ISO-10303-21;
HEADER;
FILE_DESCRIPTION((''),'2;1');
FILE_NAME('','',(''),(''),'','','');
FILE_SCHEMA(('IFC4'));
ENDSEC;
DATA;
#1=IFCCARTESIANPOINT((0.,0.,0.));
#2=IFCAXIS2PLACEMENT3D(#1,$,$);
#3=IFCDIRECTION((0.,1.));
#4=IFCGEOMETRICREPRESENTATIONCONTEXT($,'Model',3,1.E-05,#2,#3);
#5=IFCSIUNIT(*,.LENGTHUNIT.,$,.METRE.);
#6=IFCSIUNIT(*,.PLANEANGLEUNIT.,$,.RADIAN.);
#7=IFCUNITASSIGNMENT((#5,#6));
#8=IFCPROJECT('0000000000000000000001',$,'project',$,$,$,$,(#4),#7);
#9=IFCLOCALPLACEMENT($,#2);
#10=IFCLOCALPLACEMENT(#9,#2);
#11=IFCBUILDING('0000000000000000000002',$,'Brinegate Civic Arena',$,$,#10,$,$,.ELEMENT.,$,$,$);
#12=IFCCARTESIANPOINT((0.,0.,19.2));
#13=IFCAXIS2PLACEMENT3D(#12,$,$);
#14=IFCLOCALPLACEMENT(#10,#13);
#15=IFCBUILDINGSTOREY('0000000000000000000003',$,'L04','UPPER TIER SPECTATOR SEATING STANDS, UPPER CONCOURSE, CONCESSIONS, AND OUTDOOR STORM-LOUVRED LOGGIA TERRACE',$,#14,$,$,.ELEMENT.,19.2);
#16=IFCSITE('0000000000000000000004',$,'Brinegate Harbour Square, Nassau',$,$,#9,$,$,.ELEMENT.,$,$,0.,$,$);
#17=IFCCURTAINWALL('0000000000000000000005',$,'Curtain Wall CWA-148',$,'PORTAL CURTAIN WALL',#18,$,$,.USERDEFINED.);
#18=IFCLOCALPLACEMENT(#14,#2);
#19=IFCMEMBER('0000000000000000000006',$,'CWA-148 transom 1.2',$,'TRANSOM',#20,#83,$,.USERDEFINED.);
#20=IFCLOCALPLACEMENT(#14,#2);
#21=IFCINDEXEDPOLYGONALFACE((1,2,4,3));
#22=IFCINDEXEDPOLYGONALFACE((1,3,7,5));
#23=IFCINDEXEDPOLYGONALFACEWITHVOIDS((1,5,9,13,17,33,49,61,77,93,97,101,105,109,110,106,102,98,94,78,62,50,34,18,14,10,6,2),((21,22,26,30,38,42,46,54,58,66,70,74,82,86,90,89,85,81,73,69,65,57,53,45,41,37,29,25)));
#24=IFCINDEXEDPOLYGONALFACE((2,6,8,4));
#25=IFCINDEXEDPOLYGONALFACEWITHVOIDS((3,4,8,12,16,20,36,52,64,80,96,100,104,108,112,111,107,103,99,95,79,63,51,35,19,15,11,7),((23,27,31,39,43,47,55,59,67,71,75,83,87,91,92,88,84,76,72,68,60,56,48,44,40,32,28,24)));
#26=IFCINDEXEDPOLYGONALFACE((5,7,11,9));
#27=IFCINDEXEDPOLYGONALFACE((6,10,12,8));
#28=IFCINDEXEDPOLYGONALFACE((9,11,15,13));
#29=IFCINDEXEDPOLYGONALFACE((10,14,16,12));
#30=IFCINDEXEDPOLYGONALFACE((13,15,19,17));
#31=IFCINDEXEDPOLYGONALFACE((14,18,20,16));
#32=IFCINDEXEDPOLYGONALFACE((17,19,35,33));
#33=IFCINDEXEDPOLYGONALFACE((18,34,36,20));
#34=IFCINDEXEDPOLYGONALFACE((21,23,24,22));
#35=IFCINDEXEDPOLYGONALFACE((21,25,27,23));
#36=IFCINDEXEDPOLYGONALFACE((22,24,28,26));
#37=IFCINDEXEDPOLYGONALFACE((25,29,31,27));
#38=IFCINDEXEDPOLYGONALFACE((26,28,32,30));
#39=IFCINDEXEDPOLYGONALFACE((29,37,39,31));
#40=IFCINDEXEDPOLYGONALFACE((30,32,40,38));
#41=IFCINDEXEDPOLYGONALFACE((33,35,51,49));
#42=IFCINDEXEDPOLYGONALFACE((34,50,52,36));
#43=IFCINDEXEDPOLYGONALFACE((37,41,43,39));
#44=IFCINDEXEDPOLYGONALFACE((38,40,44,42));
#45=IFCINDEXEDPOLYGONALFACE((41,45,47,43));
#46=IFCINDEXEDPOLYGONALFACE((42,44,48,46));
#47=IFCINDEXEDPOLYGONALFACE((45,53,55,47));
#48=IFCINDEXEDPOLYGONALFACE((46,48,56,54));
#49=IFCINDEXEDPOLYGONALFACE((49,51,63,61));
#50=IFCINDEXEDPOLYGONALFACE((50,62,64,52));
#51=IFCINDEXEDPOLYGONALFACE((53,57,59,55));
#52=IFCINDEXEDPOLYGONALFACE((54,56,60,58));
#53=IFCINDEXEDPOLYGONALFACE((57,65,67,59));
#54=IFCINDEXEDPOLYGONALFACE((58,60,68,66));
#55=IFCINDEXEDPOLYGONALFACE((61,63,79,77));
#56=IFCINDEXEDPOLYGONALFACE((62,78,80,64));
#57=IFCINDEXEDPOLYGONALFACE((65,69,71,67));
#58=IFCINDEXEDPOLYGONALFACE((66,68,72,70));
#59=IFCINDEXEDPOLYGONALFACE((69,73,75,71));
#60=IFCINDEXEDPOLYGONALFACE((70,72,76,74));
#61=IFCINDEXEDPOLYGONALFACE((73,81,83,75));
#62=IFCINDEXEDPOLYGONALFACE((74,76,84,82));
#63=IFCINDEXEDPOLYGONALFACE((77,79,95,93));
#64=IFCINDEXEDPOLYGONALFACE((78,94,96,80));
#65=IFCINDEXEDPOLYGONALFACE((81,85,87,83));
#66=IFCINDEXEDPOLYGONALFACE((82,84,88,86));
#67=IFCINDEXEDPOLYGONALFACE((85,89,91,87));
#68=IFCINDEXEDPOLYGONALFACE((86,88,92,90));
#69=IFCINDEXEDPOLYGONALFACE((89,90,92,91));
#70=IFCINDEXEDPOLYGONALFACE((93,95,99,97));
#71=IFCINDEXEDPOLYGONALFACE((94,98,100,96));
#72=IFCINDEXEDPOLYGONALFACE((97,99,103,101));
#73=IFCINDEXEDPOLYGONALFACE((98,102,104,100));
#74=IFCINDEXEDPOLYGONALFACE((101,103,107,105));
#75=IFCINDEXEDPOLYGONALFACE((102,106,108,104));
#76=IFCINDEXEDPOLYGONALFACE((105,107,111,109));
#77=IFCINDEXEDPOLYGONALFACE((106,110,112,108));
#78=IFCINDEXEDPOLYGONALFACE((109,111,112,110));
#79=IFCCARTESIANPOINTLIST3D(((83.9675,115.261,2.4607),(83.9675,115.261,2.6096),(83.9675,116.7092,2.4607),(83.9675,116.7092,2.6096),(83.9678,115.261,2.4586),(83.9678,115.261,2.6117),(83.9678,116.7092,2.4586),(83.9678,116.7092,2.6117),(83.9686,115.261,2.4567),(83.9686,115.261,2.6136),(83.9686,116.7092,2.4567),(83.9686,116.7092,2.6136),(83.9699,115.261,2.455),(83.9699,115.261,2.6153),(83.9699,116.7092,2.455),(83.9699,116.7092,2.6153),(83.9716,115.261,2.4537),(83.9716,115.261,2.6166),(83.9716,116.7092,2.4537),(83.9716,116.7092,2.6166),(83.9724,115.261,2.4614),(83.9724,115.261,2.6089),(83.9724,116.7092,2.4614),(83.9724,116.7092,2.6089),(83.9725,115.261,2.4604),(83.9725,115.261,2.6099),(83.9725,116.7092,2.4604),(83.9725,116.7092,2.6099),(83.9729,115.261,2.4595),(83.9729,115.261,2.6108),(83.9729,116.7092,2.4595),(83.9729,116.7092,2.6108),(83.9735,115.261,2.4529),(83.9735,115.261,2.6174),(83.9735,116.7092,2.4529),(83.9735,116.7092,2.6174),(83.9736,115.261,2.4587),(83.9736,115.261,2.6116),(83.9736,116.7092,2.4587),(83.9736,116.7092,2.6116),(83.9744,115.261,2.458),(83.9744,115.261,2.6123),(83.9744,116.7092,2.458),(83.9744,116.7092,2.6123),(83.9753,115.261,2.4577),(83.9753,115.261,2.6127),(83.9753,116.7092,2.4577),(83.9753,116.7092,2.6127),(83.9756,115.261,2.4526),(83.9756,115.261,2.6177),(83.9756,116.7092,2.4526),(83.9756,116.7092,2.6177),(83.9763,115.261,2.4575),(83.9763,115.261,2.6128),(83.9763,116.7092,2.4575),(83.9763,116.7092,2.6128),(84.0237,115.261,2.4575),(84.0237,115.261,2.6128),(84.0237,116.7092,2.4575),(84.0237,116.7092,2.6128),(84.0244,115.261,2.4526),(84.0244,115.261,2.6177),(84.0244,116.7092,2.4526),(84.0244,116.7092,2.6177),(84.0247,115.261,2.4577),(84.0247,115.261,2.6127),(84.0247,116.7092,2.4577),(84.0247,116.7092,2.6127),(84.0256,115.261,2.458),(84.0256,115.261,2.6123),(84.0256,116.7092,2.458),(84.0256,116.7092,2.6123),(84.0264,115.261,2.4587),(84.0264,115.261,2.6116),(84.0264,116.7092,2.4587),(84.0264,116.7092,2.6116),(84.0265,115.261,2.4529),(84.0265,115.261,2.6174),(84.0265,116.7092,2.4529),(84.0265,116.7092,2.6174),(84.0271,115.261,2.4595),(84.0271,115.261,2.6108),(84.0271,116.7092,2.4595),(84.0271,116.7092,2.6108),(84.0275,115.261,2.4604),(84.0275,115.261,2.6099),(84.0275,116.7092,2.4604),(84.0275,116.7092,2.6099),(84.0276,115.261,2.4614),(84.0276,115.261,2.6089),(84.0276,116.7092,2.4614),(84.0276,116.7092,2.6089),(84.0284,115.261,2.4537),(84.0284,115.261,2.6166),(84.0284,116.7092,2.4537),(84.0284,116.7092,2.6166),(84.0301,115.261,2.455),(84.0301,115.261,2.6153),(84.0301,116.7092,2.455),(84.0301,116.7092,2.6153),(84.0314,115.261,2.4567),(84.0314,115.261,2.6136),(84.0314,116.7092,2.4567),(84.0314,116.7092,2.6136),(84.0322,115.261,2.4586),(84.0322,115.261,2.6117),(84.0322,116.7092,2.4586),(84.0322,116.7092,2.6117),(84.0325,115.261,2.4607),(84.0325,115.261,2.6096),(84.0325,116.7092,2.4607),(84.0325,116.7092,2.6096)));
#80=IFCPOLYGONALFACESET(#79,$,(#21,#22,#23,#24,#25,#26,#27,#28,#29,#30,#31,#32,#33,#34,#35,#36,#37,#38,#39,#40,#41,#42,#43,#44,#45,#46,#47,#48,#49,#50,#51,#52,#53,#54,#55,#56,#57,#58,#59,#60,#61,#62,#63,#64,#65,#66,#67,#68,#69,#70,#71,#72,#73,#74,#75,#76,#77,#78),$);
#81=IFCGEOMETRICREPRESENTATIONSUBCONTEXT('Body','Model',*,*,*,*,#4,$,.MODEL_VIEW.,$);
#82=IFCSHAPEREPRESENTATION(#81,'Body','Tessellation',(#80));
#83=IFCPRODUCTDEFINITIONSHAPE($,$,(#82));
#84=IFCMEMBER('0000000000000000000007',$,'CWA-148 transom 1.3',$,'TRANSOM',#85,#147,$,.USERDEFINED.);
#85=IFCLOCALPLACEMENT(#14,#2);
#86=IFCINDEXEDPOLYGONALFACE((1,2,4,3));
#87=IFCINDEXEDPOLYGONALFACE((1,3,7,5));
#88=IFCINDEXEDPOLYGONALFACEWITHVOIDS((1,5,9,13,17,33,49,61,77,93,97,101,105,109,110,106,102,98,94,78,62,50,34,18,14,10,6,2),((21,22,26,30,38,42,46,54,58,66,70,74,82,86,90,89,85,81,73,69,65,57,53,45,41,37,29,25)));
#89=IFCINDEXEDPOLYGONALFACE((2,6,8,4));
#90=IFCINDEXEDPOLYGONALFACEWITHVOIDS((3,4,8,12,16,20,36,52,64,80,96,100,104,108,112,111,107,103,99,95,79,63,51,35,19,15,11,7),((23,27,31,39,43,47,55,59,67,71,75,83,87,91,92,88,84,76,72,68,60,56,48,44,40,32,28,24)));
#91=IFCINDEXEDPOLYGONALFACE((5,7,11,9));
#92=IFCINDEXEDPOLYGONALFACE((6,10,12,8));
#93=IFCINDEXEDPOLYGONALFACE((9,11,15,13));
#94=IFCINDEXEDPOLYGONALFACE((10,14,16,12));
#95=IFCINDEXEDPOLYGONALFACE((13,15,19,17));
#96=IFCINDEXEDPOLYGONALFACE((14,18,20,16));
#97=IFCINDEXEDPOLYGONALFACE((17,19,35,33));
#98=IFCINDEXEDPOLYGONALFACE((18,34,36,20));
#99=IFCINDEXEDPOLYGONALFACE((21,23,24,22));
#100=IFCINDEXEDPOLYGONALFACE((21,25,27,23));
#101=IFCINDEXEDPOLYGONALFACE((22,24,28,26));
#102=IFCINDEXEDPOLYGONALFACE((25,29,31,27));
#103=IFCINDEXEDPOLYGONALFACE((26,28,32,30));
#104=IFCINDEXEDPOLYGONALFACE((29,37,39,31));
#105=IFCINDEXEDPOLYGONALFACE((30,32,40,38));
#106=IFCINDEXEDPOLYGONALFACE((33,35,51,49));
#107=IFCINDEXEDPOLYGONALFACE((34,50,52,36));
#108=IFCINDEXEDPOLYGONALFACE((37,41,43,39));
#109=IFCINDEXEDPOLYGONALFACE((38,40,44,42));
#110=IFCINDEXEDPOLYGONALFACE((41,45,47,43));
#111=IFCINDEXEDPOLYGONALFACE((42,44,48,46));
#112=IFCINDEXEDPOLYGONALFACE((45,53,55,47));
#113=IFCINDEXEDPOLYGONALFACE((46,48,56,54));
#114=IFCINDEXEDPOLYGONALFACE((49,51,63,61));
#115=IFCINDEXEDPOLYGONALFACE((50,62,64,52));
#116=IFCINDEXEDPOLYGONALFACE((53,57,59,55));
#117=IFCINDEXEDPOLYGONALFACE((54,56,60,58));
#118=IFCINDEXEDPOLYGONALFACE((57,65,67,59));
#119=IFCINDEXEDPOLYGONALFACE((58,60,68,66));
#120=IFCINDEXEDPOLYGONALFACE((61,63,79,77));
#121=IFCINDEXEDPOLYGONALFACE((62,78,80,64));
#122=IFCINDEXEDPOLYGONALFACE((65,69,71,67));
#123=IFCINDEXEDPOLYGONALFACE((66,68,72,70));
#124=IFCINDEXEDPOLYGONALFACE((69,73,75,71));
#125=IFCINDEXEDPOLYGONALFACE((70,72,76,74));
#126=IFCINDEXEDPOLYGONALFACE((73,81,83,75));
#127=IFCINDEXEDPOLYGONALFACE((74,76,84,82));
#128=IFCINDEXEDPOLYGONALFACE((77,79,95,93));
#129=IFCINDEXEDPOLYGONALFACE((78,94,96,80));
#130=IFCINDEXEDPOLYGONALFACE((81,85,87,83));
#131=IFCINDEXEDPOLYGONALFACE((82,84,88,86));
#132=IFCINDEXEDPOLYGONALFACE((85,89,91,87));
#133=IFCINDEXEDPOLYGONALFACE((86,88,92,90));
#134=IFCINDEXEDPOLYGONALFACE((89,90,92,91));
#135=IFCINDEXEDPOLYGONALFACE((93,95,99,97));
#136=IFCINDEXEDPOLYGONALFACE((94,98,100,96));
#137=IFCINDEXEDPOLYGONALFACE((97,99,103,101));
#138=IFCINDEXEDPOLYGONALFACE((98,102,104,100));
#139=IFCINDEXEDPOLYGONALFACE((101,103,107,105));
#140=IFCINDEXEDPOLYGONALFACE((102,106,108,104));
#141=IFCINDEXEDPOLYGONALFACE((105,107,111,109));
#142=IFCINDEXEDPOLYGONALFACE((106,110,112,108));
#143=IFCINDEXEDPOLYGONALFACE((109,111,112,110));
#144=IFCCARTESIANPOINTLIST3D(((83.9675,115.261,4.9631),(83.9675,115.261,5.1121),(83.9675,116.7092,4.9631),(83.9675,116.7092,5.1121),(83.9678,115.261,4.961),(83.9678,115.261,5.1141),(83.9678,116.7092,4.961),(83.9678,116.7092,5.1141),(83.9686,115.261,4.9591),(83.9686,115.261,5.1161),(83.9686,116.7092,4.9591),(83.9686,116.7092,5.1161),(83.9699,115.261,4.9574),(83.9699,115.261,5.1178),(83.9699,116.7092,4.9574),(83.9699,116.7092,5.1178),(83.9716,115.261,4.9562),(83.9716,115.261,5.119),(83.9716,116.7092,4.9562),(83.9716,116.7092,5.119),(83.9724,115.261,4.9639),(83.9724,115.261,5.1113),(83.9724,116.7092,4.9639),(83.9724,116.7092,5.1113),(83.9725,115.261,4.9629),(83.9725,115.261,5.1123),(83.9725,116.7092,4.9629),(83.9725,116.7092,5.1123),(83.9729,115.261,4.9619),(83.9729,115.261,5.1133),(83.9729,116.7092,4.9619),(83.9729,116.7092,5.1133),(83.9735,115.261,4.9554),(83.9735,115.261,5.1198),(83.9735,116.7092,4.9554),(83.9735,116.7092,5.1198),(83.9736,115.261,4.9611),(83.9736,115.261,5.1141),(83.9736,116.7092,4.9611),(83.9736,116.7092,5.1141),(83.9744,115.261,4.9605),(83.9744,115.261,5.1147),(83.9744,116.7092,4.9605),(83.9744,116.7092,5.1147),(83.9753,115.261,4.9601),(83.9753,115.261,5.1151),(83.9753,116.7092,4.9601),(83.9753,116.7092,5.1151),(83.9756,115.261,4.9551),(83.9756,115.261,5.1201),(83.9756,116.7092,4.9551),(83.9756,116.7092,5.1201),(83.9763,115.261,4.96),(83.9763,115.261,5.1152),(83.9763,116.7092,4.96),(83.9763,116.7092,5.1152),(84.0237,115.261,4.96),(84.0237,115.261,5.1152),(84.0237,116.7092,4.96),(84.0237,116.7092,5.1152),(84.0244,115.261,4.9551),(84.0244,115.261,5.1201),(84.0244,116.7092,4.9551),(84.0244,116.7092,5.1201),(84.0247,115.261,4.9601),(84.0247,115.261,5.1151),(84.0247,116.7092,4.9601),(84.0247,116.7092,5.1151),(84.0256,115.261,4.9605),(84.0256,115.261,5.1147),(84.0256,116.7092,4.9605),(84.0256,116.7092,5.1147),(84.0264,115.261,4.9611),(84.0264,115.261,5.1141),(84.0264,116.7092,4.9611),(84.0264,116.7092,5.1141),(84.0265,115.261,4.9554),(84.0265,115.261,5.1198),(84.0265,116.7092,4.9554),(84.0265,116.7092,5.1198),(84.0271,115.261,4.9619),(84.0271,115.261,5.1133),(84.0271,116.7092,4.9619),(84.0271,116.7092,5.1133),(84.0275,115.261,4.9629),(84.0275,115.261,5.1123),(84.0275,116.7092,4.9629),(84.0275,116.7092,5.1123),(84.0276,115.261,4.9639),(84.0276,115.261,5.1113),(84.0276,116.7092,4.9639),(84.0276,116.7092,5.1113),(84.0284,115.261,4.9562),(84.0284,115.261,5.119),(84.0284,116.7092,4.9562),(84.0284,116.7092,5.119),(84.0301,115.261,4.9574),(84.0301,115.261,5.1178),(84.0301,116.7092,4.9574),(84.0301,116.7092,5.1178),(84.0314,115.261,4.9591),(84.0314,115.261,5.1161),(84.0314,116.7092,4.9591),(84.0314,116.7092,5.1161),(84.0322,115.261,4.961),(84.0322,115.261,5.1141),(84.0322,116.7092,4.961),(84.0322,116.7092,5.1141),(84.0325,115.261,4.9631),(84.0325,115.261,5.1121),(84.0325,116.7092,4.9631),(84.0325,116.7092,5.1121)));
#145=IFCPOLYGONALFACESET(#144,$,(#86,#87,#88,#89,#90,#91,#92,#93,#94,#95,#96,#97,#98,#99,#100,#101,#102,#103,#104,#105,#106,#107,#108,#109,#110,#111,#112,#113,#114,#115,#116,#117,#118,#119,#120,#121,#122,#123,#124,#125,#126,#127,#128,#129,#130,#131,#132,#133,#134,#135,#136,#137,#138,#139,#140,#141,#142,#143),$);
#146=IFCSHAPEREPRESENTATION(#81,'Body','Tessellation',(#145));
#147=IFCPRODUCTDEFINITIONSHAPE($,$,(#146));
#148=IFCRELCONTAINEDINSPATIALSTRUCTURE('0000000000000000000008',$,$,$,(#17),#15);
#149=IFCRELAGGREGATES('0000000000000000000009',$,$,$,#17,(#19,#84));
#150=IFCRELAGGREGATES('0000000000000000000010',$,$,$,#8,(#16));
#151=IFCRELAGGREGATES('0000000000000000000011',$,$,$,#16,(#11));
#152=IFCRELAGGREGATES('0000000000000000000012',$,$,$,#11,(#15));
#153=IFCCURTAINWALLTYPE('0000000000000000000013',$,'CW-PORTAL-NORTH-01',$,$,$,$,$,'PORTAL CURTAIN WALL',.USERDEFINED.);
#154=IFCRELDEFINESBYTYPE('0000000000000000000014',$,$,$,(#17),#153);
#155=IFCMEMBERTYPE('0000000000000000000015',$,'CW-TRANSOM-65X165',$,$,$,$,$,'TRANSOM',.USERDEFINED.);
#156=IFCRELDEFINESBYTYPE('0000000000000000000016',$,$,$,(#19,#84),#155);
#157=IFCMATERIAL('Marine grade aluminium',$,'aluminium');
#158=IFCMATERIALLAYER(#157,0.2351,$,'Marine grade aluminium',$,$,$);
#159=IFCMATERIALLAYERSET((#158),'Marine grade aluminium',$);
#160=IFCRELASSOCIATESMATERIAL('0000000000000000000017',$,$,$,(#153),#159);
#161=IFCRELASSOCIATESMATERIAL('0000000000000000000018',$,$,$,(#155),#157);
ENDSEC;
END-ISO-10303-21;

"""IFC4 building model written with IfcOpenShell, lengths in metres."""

from ifc_helpers import new_model, si_unit, direction, frame, origin, origin_2d, place, context, subcontext, project, spatial, hollow_rectangle, extrude, material, layer, layer_set, material_profile, profile_set, type_object, element, aggregate, save


model = new_model("IFC4")

# Units and contexts
model_context = context("Model", 3, precision=1e-05, world=origin(), true_north=direction((0.0, 1.0)))
body_context = subcontext(model_context, "Body", "Model", "MODEL_VIEW")
ifc_project = project(units=[si_unit("LENGTHUNIT", "METRE"), si_unit("PLANEANGLEUNIT", "RADIAN")], contexts=[model_context])

# Site, building, storey
site_placement = place(None, origin())
site = spatial("IfcSite", under=ifc_project, at=site_placement, Name="Brinegate Harbour Square, Nassau", CompositionType="ELEMENT", RefElevation=0.0)
building_placement = place(site_placement, origin())
building = spatial("IfcBuilding", under=site, at=building_placement, Name="Brinegate Civic Arena", CompositionType="ELEMENT")
storey_placement = place(building_placement, frame((0.0, 0.0, 19.2)))
storey = spatial("IfcBuildingStorey", under=building, at=storey_placement, Name="L04", Description="UPPER TIER SPECTATOR SEATING STANDS, UPPER CONCOURSE, CONCESSIONS, AND OUTDOOR STORM-LOUVRED LOGGIA TERRACE", CompositionType="ELEMENT", Elevation=19.2)

# Curtain wall, members
ifc_material_1 = material(Name="Marine grade aluminium", Category="aluminium")
ifc_layer_1 = layer(ifc_material_1, 0.2351, Name="Marine grade aluminium")
ifc_layer_set_1 = layer_set([ifc_layer_1], Name="Marine grade aluminium")
curtain_wall_type = type_object("IfcCurtainWallType", Name="CW-PORTAL-NORTH-01", ElementType="PORTAL CURTAIN WALL", PredefinedType="USERDEFINED", material=ifc_layer_set_1)
curtain_wall_placement = place(storey_placement, origin())
curtain_wall = element("IfcCurtainWall", 1, at=curtain_wall_placement, inside=storey, type_object=curtain_wall_type, Name="Curtain Wall CWA-148", ObjectType="PORTAL CURTAIN WALL", PredefinedType="USERDEFINED")
ifc_material_profile_1 = material_profile(ifc_material_1, hollow_rectangle(XDim=0.0649, YDim=0.165, WallThickness=0.0049, InnerFilletRadius=0.0039, OuterFilletRadius=0.0081, at=origin_2d()), Name="TRN65X165")
ifc_profile_set_1 = profile_set([ifc_material_profile_1], Name="Marine grade aluminium")
member_type_1 = type_object("IfcMemberType", Name="CW-TRANSOM-65X165", ElementType="TRANSOM", PredefinedType="USERDEFINED", material=ifc_profile_set_1)
member_1_placement = place(storey_placement, frame((84.0, 115.261, 2.5352), z_axis=(0.0, 1.0, 0.0), x_axis=(-1.0, 0.0, 0.0)))
member_1 = element("IfcMember", 2, at=member_1_placement, type_object=member_type_1, Name="CWA-148 transom 1.2", ObjectType="TRANSOM", PredefinedType="USERDEFINED", context=body_context, shape_type="SweptSolid", body=[
    extrude(hollow_rectangle(XDim=0.0649, YDim=0.165, WallThickness=0.0049, InnerFilletRadius=0.0039, OuterFilletRadius=0.0081, at=origin_2d()), origin(), (0.0, 0.0, 1.0), 1.4482),
])
member_2_placement = place(storey_placement, frame((84.0, 115.261, 5.0376), z_axis=(0.0, 1.0, 0.0), x_axis=(-1.0, 0.0, 0.0)))
member_2 = element("IfcMember", 3, at=member_2_placement, type_object=member_type_1, Name="CWA-148 transom 1.3", ObjectType="TRANSOM", PredefinedType="USERDEFINED", context=body_context, shape_type="SweptSolid", body=[
    extrude(hollow_rectangle(XDim=0.0649, YDim=0.165, WallThickness=0.0049, InnerFilletRadius=0.0039, OuterFilletRadius=0.0081, at=origin_2d()), origin(), (0.0, 0.0, 1.0), 1.4482),
])

aggregate(curtain_wall, [member_1, member_2])

save(model, "model.ifc")
